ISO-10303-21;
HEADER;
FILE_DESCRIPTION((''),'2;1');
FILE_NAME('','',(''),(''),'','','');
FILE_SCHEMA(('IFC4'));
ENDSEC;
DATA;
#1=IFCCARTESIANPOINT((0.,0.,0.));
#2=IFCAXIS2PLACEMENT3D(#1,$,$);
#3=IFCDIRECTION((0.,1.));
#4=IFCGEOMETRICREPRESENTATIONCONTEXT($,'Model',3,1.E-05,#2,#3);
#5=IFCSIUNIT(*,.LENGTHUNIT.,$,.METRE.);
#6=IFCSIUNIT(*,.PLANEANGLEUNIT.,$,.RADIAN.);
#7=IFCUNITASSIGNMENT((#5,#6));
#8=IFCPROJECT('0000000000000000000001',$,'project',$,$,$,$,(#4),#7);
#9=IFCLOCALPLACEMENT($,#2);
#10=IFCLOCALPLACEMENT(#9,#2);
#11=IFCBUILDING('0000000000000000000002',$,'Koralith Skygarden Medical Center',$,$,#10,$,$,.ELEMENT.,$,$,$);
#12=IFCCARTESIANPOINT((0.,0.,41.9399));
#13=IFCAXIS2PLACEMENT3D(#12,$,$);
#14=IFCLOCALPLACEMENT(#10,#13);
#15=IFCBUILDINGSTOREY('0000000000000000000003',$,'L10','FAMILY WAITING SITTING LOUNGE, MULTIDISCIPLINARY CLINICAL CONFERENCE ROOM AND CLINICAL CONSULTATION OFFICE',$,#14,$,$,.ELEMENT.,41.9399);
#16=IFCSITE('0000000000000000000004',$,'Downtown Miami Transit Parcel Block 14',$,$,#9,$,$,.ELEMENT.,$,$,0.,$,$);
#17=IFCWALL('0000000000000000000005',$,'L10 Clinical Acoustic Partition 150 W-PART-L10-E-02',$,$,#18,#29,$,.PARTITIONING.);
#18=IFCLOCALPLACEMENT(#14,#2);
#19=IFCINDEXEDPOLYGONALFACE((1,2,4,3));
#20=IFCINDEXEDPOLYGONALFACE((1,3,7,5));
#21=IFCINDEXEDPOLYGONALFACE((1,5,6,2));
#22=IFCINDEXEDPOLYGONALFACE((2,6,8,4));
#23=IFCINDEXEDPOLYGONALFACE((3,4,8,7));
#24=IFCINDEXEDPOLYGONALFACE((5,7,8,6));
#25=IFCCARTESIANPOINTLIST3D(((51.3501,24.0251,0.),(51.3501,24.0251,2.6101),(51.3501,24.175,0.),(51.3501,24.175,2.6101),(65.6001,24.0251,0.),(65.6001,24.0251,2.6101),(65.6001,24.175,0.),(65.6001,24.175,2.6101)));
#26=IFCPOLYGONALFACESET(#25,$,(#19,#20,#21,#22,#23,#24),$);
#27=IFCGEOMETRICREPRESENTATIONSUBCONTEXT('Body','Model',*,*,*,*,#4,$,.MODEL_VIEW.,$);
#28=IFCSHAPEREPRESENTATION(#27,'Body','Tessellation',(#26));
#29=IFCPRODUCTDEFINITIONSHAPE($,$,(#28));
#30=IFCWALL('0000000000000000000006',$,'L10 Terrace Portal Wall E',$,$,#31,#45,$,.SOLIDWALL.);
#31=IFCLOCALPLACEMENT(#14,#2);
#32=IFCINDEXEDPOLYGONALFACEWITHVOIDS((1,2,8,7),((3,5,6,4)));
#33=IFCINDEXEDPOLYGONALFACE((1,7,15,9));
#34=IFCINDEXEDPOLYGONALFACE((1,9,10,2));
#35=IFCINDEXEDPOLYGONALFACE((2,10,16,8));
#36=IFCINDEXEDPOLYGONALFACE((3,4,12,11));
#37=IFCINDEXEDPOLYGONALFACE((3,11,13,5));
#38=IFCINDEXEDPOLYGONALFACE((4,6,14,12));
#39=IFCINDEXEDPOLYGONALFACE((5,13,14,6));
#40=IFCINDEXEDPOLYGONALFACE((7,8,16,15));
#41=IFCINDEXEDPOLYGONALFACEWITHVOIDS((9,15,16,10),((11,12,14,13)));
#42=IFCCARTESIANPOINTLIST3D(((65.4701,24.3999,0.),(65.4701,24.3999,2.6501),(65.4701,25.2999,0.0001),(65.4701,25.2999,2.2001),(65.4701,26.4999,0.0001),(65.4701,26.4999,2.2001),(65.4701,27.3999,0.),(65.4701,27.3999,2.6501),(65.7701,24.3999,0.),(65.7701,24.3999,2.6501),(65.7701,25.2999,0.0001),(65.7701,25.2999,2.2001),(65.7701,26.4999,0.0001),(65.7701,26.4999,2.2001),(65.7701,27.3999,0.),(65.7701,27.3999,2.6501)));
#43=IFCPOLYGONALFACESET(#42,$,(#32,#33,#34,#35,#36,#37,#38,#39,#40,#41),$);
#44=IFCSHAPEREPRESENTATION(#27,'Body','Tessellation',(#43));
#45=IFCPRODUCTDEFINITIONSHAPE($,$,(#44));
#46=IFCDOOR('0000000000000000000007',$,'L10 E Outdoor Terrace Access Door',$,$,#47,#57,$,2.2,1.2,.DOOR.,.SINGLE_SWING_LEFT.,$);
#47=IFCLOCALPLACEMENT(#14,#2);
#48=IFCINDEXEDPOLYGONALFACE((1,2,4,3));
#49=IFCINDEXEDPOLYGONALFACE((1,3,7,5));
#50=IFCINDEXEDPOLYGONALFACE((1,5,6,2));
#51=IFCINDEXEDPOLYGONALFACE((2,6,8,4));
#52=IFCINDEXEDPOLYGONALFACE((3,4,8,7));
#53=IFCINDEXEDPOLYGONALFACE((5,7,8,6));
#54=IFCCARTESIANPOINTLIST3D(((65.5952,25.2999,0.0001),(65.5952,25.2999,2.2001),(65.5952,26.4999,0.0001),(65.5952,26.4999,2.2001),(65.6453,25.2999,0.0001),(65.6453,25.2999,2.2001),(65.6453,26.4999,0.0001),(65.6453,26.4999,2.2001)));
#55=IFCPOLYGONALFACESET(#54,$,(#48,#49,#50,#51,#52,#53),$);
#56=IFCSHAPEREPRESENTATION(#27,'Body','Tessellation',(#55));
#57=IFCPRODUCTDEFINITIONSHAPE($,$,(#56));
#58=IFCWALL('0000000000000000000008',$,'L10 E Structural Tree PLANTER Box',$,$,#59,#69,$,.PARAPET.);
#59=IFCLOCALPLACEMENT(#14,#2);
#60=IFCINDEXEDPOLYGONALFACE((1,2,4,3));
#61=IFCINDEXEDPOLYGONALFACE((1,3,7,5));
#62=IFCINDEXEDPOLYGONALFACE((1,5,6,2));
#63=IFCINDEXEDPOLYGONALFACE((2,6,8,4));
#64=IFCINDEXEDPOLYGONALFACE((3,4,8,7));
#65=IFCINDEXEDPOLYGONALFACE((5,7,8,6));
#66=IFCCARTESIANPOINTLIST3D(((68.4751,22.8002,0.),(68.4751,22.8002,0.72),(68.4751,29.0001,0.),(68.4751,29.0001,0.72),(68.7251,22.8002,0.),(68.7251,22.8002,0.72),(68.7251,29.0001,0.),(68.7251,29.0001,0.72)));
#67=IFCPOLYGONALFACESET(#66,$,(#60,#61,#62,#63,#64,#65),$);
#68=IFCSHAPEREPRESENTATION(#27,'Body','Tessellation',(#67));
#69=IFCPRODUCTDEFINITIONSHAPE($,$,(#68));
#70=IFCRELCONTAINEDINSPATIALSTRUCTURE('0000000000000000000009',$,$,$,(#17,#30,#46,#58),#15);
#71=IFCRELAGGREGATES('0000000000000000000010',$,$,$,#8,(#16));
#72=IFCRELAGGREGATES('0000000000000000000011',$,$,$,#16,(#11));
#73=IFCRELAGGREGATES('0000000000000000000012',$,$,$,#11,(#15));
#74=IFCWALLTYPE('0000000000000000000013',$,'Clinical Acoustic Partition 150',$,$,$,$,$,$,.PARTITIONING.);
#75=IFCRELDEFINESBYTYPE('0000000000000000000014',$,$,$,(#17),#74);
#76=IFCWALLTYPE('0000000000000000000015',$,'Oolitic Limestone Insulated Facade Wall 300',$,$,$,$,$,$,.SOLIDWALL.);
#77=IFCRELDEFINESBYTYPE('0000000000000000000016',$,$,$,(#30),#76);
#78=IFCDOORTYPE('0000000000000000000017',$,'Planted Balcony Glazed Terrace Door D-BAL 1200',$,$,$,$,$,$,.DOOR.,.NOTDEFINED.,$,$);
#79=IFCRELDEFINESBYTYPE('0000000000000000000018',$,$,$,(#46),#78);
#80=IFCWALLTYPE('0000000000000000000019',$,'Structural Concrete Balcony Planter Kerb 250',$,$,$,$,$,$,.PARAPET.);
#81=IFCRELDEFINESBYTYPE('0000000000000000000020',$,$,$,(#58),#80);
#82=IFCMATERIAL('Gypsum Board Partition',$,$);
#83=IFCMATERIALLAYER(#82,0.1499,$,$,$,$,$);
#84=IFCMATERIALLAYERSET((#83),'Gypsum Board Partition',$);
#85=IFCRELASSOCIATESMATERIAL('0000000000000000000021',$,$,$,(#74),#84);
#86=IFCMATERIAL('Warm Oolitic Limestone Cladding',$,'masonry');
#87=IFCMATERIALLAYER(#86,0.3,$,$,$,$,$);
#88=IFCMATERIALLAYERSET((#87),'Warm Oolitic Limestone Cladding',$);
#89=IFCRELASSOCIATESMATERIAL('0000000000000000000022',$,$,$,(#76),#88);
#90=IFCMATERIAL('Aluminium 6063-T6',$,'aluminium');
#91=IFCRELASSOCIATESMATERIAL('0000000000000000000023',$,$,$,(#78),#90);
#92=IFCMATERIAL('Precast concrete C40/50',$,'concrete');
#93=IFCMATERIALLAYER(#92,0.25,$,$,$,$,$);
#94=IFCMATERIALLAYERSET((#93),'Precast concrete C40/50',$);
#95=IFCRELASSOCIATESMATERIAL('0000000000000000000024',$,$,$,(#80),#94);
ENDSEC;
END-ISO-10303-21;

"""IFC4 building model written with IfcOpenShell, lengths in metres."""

from ifc_helpers import new_model, si_unit, direction, frame, frame_2d, origin, place, context, subcontext, project, spatial, rectangle, extrude, material, layer, layer_set, type_object, element, fill, save


model = new_model("IFC4")

# Units and contexts
model_context = context("Model", 3, precision=1e-05, world=origin(), true_north=direction((0.0, 1.0)))
body_context = subcontext(model_context, "Body", "Model", "MODEL_VIEW")
ifc_project = project(units=[si_unit("LENGTHUNIT", "METRE"), si_unit("PLANEANGLEUNIT", "RADIAN")], contexts=[model_context])

# Site, building, storey
site_placement = place(None, origin())
site = spatial("IfcSite", under=ifc_project, at=site_placement, Name="Downtown Miami Transit Parcel Block 14", CompositionType="ELEMENT", RefElevation=0.0)
building_placement = place(site_placement, origin())
building = spatial("IfcBuilding", under=site, at=building_placement, Name="Koralith Skygarden Medical Center", CompositionType="ELEMENT")
storey_placement = place(building_placement, frame((0.0, 0.0, 41.9399)))
storey = spatial("IfcBuildingStorey", under=building, at=storey_placement, Name="L10", Description="FAMILY WAITING SITTING LOUNGE, MULTIDISCIPLINARY CLINICAL CONFERENCE ROOM AND CLINICAL CONSULTATION OFFICE", CompositionType="ELEMENT", Elevation=41.9399)

# Shared definitions
ifc_material_1 = material(Name="Aluminium 6063-T6", Category="aluminium")

# Wall
ifc_material_2 = material(Name="Gypsum Board Partition")
ifc_layer_1 = layer(ifc_material_2, 0.1499)
ifc_layer_set_1 = layer_set([ifc_layer_1], Name="Gypsum Board Partition")
wall_type_1 = type_object("IfcWallType", Name="Clinical Acoustic Partition 150", PredefinedType="PARTITIONING", material=ifc_layer_set_1)
wall_1_placement = place(storey_placement, frame((51.3501, 24.1001, 0.0), z_axis=(0.0, 0.0, 1.0), x_axis=(1.0, 0.0, 0.0)))
element("IfcWall", 1, at=wall_1_placement, inside=storey, type_object=wall_type_1, Name="L10 Clinical Acoustic Partition 150 W-PART-L10-E-02", PredefinedType="PARTITIONING", context=body_context, shape_type="SweptSolid", body=[
    extrude(rectangle(XDim=14.25, YDim=0.1499, at=frame_2d((7.125, 0.0))), origin(), (0.0, 0.0, 1.0), 2.6101),
])

# Wall, opening, door
ifc_material_3 = material(Name="Warm Oolitic Limestone Cladding", Category="masonry")
ifc_layer_2 = layer(ifc_material_3, 0.3)
ifc_layer_set_2 = layer_set([ifc_layer_2], Name="Warm Oolitic Limestone Cladding")
wall_type_2 = type_object("IfcWallType", Name="Oolitic Limestone Insulated Facade Wall 300", PredefinedType="SOLIDWALL", material=ifc_layer_set_2)
wall_2_placement = place(storey_placement, frame((65.6201, 24.3999, 0.0), z_axis=(0.0, 0.0, 1.0), x_axis=(0.0, 1.0, 0.0)))
wall_2 = element("IfcWall", 2, at=wall_2_placement, inside=storey, type_object=wall_type_2, Name="L10 Terrace Portal Wall E", PredefinedType="SOLIDWALL", context=body_context, shape_type="SweptSolid", body=[
    extrude(rectangle(XDim=3.0, YDim=0.3, at=frame_2d((1.5, 0.0))), origin(), (0.0, 0.0, 1.0), 2.6501),
])
opening_1_placement = place(wall_2_placement, frame((0.8999, 0.0, 0.0)))
opening_1 = element("IfcOpeningElement", 3, at=opening_1_placement, cuts=wall_2, PredefinedType="OPENING", context=body_context, shape_type="SweptSolid", body=[
    extrude(rectangle(XDim=1.2, YDim=2.2, at=frame_2d((0.6001, 1.1001))), frame((0.0, 0.1599, 0.0), z_axis=(0.0, -1.0, 0.0), x_axis=(1.0, 0.0, 0.0)), (0.0, 0.0, 1.0), 0.3201),
])
door_type_1 = type_object("IfcDoorType", Name="Planted Balcony Glazed Terrace Door D-BAL 1200", OperationType="NOTDEFINED", PredefinedType="DOOR", material=ifc_material_1)
door_1_placement = place(opening_1_placement, origin())
door_1 = element("IfcDoor", 4, at=door_1_placement, inside=storey, type_object=door_type_1, Name="L10 E Outdoor Terrace Access Door", OperationType="SINGLE_SWING_LEFT", OverallHeight=2.2, OverallWidth=1.2, PredefinedType="DOOR", context=body_context, shape_type="SweptSolid", body=[
    extrude(rectangle(XDim=1.2, YDim=2.2, at=frame_2d((0.6001, 1.1001))), frame((0.0, 0.0249, 0.0), z_axis=(0.0, -1.0, 0.0), x_axis=(1.0, 0.0, 0.0)), (0.0, 0.0, 1.0), 0.05),
])
fill(opening_1, door_1)

# Wall
ifc_material_4 = material(Name="Precast concrete C40/50", Category="concrete")
ifc_layer_3 = layer(ifc_material_4, 0.25)
ifc_layer_set_3 = layer_set([ifc_layer_3], Name="Precast concrete C40/50")
wall_type_3 = type_object("IfcWallType", Name="Structural Concrete Balcony Planter Kerb 250", PredefinedType="PARAPET", material=ifc_layer_set_3)
wall_3_placement = place(storey_placement, frame((68.6001, 22.8, 0.0), z_axis=(0.0, 0.0, 1.0), x_axis=(0.0, 1.0, 0.0)))
element("IfcWall", 5, at=wall_3_placement, inside=storey, type_object=wall_type_3, Name="L10 E Structural Tree PLANTER Box", PredefinedType="PARAPET", context=body_context, shape_type="SweptSolid", body=[
    extrude(rectangle(XDim=6.2, YDim=0.25, at=frame_2d((3.1001, 0.0))), origin(), (0.0, 0.0, 1.0), 0.72),
])

save(model, "model.ifc")
